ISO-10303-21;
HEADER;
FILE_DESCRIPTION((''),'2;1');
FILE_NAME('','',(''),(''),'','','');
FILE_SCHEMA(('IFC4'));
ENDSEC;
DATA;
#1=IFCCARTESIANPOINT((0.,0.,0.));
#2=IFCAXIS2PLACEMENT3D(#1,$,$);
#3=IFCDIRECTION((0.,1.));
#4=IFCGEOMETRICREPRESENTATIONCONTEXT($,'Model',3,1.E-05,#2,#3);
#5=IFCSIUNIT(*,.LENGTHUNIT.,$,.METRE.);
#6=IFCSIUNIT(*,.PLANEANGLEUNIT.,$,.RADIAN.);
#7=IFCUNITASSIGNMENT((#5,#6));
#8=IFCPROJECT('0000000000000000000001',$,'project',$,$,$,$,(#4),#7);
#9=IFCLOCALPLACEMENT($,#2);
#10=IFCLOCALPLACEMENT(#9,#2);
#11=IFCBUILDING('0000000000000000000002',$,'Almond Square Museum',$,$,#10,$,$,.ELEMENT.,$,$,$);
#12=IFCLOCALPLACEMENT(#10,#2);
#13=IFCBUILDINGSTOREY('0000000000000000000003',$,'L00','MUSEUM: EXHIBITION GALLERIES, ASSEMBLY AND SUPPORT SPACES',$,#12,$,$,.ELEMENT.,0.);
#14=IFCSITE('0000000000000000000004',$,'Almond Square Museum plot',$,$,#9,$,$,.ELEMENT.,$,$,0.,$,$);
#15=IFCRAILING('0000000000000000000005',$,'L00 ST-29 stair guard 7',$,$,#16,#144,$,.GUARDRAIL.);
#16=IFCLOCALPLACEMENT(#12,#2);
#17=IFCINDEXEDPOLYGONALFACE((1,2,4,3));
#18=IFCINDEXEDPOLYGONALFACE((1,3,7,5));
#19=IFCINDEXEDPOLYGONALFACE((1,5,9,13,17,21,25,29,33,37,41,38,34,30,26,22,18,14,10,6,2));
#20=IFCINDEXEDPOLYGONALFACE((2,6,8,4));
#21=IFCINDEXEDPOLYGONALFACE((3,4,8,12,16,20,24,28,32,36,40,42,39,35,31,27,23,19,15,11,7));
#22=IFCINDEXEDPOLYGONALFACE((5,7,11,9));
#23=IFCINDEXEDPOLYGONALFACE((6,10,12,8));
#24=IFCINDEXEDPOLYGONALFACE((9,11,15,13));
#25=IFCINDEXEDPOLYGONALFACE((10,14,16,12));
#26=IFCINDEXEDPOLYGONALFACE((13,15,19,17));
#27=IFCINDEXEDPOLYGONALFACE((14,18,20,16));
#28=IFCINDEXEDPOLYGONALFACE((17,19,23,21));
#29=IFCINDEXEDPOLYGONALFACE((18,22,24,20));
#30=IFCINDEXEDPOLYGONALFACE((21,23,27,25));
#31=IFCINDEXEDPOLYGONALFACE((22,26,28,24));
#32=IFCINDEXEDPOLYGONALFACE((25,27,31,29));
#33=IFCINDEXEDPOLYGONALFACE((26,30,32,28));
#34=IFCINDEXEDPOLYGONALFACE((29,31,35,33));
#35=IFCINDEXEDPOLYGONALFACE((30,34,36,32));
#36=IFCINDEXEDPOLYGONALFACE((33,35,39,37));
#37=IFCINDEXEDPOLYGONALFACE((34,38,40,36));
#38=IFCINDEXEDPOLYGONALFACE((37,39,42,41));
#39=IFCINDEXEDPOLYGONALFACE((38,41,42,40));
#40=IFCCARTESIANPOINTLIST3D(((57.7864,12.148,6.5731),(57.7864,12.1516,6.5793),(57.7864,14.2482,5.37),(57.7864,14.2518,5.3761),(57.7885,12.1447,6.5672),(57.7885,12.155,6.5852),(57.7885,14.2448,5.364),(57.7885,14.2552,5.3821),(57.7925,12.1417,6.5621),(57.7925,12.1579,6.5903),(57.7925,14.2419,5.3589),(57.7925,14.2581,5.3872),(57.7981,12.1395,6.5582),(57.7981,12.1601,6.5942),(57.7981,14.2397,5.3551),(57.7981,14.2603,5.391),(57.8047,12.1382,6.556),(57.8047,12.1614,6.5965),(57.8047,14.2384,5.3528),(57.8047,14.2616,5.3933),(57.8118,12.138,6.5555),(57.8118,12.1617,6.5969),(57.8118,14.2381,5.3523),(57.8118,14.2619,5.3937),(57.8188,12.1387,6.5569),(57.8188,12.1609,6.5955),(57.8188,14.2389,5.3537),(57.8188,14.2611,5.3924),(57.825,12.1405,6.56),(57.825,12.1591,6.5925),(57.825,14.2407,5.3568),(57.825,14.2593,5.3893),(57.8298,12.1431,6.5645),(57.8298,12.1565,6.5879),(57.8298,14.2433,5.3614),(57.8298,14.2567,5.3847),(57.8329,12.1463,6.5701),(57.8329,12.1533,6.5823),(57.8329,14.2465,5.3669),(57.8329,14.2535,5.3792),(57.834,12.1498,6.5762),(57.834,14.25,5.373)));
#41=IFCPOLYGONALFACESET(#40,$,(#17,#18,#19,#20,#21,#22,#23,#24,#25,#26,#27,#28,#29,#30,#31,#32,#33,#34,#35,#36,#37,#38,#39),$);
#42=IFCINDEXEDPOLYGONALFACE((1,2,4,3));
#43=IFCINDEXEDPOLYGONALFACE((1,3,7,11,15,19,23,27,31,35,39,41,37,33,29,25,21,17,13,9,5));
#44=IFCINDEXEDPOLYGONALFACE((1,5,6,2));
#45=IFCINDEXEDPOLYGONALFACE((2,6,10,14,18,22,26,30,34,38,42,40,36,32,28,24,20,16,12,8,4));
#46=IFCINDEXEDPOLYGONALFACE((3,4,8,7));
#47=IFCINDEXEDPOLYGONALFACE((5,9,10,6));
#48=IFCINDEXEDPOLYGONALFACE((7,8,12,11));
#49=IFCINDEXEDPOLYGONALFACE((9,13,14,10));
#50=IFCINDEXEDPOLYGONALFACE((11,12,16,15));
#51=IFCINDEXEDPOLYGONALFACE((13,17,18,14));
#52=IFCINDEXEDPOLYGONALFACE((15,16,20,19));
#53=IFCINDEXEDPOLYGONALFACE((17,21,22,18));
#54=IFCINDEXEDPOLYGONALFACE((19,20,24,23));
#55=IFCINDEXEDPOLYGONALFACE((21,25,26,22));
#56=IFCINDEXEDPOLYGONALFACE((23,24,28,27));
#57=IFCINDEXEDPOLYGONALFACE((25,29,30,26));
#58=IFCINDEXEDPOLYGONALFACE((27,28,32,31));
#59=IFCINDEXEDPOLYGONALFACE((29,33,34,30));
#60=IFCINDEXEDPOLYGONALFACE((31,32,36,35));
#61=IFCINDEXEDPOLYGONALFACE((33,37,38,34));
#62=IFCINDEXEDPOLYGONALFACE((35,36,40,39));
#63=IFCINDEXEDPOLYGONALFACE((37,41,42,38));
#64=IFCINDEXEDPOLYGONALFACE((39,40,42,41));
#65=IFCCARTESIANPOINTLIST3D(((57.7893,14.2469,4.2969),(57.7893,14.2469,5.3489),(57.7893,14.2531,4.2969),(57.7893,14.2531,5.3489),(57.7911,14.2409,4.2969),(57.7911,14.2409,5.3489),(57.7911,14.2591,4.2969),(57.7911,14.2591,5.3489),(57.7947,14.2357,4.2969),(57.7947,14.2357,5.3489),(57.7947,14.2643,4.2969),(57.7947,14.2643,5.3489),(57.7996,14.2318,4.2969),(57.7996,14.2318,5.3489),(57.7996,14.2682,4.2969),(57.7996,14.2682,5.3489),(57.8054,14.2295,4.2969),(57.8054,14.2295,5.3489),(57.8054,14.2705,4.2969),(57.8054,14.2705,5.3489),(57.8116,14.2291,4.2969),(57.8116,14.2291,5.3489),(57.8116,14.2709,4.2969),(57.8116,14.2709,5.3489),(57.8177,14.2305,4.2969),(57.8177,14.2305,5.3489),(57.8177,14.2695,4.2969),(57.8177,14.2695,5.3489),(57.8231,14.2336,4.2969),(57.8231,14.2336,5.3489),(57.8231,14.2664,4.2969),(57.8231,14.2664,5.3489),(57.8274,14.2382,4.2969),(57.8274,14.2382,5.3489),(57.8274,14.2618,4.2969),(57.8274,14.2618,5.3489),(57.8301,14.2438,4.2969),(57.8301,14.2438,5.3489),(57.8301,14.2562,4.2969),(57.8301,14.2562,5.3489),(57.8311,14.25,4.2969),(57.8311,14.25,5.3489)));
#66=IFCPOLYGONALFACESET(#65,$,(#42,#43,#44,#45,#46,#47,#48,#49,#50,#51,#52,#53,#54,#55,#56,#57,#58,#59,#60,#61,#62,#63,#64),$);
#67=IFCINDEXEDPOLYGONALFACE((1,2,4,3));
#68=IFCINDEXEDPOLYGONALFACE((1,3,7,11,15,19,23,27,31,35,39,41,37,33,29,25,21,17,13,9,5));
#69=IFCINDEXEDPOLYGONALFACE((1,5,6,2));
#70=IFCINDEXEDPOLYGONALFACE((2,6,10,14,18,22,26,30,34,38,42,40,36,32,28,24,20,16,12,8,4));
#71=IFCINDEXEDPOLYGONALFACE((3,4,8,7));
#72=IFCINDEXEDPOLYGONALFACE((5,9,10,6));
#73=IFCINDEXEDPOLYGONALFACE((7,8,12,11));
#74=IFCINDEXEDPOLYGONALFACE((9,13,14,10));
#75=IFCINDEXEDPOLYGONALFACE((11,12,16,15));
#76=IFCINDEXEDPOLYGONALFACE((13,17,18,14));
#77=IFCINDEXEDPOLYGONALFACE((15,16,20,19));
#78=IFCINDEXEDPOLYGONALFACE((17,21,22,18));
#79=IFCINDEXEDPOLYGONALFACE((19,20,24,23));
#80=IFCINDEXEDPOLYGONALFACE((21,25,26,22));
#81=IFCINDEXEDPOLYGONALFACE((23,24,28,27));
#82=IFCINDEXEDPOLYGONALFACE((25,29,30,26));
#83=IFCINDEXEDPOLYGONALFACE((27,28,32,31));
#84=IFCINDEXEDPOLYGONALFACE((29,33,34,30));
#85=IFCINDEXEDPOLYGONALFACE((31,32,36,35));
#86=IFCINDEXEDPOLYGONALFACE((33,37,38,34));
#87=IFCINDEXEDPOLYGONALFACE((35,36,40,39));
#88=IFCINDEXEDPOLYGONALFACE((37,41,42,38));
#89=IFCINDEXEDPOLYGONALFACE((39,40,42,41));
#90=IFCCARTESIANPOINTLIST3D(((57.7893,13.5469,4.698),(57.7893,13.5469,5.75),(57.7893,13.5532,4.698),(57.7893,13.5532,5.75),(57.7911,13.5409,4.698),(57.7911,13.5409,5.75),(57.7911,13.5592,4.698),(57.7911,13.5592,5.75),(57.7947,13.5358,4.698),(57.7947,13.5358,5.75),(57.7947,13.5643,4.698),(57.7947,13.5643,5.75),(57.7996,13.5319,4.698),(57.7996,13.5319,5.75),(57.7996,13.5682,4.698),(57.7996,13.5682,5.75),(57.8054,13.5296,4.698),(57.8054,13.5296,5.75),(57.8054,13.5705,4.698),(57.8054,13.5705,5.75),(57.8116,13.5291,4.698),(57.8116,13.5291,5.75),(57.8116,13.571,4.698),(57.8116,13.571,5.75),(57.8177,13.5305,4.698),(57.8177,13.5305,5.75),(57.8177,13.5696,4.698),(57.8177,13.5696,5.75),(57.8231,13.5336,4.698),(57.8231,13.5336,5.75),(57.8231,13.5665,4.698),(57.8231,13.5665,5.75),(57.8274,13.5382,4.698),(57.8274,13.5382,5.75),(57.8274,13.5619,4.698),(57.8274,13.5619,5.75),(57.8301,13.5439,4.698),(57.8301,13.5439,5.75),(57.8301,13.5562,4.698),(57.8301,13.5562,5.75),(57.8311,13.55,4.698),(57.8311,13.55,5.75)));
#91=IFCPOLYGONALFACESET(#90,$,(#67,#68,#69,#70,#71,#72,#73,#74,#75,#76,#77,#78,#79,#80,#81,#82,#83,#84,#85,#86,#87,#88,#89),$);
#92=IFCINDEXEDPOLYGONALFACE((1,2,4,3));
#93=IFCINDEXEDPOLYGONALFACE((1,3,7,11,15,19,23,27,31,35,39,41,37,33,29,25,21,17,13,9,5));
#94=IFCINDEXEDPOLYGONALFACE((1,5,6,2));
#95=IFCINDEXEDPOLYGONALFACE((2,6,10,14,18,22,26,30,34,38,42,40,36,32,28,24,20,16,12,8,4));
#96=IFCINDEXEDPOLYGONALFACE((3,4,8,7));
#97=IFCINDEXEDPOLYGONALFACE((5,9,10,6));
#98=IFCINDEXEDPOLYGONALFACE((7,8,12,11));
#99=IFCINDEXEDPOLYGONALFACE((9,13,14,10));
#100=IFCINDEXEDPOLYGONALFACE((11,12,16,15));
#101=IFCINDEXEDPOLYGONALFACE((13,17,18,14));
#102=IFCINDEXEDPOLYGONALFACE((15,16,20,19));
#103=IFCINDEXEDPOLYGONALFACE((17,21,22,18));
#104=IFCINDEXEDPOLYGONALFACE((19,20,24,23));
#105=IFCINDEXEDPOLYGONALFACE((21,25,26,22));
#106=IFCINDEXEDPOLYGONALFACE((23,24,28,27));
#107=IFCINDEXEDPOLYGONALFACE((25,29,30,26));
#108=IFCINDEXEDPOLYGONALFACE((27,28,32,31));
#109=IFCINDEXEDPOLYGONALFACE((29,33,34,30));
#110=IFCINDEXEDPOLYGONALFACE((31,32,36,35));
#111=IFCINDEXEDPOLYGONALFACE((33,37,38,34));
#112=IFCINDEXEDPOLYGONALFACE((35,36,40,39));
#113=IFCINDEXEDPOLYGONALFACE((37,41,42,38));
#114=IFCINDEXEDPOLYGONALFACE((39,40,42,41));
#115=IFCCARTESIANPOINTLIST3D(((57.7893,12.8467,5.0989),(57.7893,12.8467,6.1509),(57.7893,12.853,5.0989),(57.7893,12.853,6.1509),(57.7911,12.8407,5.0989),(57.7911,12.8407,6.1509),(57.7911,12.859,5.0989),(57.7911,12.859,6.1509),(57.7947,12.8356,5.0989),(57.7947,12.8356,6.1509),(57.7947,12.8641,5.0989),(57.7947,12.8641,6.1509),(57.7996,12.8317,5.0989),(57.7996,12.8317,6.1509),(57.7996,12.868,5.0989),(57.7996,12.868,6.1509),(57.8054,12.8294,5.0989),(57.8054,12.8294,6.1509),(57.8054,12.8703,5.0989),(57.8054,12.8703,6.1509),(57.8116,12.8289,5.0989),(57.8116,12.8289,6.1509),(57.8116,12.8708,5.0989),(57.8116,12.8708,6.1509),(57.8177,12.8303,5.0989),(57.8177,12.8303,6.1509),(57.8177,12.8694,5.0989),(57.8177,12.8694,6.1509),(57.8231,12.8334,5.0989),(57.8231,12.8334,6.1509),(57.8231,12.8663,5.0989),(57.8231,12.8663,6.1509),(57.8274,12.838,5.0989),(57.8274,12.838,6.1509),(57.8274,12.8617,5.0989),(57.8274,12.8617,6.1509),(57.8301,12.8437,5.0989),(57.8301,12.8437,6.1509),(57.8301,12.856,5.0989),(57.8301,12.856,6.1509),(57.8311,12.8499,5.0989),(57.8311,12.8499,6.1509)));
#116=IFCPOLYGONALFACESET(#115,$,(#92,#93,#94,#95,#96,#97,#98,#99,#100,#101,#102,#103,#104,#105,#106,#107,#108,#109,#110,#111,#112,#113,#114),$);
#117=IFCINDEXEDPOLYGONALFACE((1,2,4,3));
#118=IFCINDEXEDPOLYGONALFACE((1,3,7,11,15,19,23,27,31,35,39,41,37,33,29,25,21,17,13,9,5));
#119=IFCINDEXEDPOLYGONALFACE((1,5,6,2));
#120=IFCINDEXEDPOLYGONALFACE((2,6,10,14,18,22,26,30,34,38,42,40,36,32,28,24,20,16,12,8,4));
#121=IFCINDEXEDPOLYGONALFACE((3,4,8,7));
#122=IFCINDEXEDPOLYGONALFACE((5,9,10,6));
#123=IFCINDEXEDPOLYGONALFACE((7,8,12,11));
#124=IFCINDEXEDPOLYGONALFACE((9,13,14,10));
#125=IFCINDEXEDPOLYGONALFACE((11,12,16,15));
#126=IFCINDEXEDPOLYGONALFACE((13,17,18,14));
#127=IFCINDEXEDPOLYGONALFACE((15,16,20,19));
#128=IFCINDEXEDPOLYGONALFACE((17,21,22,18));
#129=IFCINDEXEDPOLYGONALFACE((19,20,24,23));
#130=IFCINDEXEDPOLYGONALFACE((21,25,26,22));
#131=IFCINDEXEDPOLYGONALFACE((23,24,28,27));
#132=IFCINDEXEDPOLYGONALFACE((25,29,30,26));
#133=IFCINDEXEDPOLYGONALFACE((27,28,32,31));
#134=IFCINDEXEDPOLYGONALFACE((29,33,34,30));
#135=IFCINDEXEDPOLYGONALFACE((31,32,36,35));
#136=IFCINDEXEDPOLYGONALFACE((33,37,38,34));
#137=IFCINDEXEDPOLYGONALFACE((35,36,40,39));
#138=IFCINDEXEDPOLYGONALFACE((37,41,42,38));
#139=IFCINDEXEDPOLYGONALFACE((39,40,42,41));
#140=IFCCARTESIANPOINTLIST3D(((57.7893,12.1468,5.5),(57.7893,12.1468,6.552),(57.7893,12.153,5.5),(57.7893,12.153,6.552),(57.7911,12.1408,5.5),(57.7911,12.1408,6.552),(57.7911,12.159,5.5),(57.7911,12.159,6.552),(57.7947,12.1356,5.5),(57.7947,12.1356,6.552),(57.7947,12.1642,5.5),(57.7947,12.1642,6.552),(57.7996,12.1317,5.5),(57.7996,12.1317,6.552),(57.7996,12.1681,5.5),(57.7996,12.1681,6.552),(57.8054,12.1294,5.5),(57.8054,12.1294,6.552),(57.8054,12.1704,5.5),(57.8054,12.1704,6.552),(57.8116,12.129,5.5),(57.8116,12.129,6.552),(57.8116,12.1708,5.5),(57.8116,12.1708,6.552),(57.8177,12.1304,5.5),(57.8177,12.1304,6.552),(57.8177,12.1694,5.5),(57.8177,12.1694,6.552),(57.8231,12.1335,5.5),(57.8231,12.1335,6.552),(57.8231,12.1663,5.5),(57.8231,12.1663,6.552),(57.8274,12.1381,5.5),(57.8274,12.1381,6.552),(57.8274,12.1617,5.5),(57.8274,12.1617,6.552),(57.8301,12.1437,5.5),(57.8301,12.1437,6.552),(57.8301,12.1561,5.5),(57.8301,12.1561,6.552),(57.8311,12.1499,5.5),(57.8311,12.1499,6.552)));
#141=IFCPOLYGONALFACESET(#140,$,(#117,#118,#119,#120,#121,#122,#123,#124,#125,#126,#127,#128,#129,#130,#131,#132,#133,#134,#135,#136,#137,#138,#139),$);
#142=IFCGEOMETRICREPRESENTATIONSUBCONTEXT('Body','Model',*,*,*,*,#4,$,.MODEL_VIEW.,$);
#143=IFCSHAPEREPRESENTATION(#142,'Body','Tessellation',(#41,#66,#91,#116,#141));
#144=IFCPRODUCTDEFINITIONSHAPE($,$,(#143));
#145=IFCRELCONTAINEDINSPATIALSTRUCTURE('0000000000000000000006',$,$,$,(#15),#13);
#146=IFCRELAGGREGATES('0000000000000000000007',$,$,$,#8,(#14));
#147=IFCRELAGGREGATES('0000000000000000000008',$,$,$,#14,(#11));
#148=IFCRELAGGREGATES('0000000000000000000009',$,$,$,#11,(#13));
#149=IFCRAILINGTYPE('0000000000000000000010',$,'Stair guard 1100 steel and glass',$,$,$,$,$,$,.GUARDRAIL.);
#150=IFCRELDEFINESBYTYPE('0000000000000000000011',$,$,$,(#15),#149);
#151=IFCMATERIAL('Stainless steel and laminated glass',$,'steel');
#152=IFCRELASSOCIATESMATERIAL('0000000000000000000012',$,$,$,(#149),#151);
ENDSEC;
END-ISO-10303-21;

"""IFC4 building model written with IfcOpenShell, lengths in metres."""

from ifc_helpers import new_model, si_unit, direction, frame, origin, origin_2d, place, context, subcontext, project, spatial, circle, extrude, material, type_object, element, save


model = new_model("IFC4")

# Units and contexts
model_context = context("Model", 3, precision=1e-05, world=origin(), true_north=direction((0.0, 1.0)))
body_context = subcontext(model_context, "Body", "Model", "MODEL_VIEW")
ifc_project = project(units=[si_unit("LENGTHUNIT", "METRE"), si_unit("PLANEANGLEUNIT", "RADIAN")], contexts=[model_context])

# Site, building, storey
site_placement = place(None, origin())
site = spatial("IfcSite", under=ifc_project, at=site_placement, Name="Almond Square Museum plot", CompositionType="ELEMENT", RefElevation=0.0)
building_placement = place(site_placement, origin())
building = spatial("IfcBuilding", under=site, at=building_placement, Name="Almond Square Museum", CompositionType="ELEMENT")
storey_placement = place(building_placement, origin())
storey = spatial("IfcBuildingStorey", under=building, at=storey_placement, Name="L00", Description="MUSEUM: EXHIBITION GALLERIES, ASSEMBLY AND SUPPORT SPACES", CompositionType="ELEMENT", Elevation=0.0)

# Railing
ifc_material_1 = material(Name="Stainless steel and laminated glass", Category="steel")
railing_type_1 = type_object("IfcRailingType", Name="Stair guard 1100 steel and glass", PredefinedType="GUARDRAIL", material=ifc_material_1)
railing_1_placement = place(storey_placement, frame((57.8101, 14.25, 4.2969)))
element("IfcRailing", 1, at=railing_1_placement, inside=storey, type_object=railing_type_1, Name="L00 ST-29 stair guard 7", PredefinedType="GUARDRAIL", context=body_context, shape_type="SweptSolid", body=[
    extrude(circle(Radius=0.0239, at=origin_2d()), frame((0.0, 0.0, 1.0762), z_axis=(0.0, -0.867696, 0.497095), x_axis=(1.0, 0.0, 0.0)), (0.0, 0.0, 1.0), 2.4204),
    extrude(circle(Radius=0.021, at=origin_2d()), origin(), (0.0, 0.0, 1.0), 1.052),
    extrude(circle(Radius=0.021, at=origin_2d()), frame((0.0, -0.7, 0.4011)), (0.0, 0.0, 1.0), 1.052),
    extrude(circle(Radius=0.021, at=origin_2d()), frame((0.0, -1.4001, 0.802)), (0.0, 0.0, 1.0), 1.052),
    extrude(circle(Radius=0.021, at=origin_2d()), frame((0.0, -2.1001, 1.2031)), (0.0, 0.0, 1.0), 1.052),
])

save(model, "model.ifc")
